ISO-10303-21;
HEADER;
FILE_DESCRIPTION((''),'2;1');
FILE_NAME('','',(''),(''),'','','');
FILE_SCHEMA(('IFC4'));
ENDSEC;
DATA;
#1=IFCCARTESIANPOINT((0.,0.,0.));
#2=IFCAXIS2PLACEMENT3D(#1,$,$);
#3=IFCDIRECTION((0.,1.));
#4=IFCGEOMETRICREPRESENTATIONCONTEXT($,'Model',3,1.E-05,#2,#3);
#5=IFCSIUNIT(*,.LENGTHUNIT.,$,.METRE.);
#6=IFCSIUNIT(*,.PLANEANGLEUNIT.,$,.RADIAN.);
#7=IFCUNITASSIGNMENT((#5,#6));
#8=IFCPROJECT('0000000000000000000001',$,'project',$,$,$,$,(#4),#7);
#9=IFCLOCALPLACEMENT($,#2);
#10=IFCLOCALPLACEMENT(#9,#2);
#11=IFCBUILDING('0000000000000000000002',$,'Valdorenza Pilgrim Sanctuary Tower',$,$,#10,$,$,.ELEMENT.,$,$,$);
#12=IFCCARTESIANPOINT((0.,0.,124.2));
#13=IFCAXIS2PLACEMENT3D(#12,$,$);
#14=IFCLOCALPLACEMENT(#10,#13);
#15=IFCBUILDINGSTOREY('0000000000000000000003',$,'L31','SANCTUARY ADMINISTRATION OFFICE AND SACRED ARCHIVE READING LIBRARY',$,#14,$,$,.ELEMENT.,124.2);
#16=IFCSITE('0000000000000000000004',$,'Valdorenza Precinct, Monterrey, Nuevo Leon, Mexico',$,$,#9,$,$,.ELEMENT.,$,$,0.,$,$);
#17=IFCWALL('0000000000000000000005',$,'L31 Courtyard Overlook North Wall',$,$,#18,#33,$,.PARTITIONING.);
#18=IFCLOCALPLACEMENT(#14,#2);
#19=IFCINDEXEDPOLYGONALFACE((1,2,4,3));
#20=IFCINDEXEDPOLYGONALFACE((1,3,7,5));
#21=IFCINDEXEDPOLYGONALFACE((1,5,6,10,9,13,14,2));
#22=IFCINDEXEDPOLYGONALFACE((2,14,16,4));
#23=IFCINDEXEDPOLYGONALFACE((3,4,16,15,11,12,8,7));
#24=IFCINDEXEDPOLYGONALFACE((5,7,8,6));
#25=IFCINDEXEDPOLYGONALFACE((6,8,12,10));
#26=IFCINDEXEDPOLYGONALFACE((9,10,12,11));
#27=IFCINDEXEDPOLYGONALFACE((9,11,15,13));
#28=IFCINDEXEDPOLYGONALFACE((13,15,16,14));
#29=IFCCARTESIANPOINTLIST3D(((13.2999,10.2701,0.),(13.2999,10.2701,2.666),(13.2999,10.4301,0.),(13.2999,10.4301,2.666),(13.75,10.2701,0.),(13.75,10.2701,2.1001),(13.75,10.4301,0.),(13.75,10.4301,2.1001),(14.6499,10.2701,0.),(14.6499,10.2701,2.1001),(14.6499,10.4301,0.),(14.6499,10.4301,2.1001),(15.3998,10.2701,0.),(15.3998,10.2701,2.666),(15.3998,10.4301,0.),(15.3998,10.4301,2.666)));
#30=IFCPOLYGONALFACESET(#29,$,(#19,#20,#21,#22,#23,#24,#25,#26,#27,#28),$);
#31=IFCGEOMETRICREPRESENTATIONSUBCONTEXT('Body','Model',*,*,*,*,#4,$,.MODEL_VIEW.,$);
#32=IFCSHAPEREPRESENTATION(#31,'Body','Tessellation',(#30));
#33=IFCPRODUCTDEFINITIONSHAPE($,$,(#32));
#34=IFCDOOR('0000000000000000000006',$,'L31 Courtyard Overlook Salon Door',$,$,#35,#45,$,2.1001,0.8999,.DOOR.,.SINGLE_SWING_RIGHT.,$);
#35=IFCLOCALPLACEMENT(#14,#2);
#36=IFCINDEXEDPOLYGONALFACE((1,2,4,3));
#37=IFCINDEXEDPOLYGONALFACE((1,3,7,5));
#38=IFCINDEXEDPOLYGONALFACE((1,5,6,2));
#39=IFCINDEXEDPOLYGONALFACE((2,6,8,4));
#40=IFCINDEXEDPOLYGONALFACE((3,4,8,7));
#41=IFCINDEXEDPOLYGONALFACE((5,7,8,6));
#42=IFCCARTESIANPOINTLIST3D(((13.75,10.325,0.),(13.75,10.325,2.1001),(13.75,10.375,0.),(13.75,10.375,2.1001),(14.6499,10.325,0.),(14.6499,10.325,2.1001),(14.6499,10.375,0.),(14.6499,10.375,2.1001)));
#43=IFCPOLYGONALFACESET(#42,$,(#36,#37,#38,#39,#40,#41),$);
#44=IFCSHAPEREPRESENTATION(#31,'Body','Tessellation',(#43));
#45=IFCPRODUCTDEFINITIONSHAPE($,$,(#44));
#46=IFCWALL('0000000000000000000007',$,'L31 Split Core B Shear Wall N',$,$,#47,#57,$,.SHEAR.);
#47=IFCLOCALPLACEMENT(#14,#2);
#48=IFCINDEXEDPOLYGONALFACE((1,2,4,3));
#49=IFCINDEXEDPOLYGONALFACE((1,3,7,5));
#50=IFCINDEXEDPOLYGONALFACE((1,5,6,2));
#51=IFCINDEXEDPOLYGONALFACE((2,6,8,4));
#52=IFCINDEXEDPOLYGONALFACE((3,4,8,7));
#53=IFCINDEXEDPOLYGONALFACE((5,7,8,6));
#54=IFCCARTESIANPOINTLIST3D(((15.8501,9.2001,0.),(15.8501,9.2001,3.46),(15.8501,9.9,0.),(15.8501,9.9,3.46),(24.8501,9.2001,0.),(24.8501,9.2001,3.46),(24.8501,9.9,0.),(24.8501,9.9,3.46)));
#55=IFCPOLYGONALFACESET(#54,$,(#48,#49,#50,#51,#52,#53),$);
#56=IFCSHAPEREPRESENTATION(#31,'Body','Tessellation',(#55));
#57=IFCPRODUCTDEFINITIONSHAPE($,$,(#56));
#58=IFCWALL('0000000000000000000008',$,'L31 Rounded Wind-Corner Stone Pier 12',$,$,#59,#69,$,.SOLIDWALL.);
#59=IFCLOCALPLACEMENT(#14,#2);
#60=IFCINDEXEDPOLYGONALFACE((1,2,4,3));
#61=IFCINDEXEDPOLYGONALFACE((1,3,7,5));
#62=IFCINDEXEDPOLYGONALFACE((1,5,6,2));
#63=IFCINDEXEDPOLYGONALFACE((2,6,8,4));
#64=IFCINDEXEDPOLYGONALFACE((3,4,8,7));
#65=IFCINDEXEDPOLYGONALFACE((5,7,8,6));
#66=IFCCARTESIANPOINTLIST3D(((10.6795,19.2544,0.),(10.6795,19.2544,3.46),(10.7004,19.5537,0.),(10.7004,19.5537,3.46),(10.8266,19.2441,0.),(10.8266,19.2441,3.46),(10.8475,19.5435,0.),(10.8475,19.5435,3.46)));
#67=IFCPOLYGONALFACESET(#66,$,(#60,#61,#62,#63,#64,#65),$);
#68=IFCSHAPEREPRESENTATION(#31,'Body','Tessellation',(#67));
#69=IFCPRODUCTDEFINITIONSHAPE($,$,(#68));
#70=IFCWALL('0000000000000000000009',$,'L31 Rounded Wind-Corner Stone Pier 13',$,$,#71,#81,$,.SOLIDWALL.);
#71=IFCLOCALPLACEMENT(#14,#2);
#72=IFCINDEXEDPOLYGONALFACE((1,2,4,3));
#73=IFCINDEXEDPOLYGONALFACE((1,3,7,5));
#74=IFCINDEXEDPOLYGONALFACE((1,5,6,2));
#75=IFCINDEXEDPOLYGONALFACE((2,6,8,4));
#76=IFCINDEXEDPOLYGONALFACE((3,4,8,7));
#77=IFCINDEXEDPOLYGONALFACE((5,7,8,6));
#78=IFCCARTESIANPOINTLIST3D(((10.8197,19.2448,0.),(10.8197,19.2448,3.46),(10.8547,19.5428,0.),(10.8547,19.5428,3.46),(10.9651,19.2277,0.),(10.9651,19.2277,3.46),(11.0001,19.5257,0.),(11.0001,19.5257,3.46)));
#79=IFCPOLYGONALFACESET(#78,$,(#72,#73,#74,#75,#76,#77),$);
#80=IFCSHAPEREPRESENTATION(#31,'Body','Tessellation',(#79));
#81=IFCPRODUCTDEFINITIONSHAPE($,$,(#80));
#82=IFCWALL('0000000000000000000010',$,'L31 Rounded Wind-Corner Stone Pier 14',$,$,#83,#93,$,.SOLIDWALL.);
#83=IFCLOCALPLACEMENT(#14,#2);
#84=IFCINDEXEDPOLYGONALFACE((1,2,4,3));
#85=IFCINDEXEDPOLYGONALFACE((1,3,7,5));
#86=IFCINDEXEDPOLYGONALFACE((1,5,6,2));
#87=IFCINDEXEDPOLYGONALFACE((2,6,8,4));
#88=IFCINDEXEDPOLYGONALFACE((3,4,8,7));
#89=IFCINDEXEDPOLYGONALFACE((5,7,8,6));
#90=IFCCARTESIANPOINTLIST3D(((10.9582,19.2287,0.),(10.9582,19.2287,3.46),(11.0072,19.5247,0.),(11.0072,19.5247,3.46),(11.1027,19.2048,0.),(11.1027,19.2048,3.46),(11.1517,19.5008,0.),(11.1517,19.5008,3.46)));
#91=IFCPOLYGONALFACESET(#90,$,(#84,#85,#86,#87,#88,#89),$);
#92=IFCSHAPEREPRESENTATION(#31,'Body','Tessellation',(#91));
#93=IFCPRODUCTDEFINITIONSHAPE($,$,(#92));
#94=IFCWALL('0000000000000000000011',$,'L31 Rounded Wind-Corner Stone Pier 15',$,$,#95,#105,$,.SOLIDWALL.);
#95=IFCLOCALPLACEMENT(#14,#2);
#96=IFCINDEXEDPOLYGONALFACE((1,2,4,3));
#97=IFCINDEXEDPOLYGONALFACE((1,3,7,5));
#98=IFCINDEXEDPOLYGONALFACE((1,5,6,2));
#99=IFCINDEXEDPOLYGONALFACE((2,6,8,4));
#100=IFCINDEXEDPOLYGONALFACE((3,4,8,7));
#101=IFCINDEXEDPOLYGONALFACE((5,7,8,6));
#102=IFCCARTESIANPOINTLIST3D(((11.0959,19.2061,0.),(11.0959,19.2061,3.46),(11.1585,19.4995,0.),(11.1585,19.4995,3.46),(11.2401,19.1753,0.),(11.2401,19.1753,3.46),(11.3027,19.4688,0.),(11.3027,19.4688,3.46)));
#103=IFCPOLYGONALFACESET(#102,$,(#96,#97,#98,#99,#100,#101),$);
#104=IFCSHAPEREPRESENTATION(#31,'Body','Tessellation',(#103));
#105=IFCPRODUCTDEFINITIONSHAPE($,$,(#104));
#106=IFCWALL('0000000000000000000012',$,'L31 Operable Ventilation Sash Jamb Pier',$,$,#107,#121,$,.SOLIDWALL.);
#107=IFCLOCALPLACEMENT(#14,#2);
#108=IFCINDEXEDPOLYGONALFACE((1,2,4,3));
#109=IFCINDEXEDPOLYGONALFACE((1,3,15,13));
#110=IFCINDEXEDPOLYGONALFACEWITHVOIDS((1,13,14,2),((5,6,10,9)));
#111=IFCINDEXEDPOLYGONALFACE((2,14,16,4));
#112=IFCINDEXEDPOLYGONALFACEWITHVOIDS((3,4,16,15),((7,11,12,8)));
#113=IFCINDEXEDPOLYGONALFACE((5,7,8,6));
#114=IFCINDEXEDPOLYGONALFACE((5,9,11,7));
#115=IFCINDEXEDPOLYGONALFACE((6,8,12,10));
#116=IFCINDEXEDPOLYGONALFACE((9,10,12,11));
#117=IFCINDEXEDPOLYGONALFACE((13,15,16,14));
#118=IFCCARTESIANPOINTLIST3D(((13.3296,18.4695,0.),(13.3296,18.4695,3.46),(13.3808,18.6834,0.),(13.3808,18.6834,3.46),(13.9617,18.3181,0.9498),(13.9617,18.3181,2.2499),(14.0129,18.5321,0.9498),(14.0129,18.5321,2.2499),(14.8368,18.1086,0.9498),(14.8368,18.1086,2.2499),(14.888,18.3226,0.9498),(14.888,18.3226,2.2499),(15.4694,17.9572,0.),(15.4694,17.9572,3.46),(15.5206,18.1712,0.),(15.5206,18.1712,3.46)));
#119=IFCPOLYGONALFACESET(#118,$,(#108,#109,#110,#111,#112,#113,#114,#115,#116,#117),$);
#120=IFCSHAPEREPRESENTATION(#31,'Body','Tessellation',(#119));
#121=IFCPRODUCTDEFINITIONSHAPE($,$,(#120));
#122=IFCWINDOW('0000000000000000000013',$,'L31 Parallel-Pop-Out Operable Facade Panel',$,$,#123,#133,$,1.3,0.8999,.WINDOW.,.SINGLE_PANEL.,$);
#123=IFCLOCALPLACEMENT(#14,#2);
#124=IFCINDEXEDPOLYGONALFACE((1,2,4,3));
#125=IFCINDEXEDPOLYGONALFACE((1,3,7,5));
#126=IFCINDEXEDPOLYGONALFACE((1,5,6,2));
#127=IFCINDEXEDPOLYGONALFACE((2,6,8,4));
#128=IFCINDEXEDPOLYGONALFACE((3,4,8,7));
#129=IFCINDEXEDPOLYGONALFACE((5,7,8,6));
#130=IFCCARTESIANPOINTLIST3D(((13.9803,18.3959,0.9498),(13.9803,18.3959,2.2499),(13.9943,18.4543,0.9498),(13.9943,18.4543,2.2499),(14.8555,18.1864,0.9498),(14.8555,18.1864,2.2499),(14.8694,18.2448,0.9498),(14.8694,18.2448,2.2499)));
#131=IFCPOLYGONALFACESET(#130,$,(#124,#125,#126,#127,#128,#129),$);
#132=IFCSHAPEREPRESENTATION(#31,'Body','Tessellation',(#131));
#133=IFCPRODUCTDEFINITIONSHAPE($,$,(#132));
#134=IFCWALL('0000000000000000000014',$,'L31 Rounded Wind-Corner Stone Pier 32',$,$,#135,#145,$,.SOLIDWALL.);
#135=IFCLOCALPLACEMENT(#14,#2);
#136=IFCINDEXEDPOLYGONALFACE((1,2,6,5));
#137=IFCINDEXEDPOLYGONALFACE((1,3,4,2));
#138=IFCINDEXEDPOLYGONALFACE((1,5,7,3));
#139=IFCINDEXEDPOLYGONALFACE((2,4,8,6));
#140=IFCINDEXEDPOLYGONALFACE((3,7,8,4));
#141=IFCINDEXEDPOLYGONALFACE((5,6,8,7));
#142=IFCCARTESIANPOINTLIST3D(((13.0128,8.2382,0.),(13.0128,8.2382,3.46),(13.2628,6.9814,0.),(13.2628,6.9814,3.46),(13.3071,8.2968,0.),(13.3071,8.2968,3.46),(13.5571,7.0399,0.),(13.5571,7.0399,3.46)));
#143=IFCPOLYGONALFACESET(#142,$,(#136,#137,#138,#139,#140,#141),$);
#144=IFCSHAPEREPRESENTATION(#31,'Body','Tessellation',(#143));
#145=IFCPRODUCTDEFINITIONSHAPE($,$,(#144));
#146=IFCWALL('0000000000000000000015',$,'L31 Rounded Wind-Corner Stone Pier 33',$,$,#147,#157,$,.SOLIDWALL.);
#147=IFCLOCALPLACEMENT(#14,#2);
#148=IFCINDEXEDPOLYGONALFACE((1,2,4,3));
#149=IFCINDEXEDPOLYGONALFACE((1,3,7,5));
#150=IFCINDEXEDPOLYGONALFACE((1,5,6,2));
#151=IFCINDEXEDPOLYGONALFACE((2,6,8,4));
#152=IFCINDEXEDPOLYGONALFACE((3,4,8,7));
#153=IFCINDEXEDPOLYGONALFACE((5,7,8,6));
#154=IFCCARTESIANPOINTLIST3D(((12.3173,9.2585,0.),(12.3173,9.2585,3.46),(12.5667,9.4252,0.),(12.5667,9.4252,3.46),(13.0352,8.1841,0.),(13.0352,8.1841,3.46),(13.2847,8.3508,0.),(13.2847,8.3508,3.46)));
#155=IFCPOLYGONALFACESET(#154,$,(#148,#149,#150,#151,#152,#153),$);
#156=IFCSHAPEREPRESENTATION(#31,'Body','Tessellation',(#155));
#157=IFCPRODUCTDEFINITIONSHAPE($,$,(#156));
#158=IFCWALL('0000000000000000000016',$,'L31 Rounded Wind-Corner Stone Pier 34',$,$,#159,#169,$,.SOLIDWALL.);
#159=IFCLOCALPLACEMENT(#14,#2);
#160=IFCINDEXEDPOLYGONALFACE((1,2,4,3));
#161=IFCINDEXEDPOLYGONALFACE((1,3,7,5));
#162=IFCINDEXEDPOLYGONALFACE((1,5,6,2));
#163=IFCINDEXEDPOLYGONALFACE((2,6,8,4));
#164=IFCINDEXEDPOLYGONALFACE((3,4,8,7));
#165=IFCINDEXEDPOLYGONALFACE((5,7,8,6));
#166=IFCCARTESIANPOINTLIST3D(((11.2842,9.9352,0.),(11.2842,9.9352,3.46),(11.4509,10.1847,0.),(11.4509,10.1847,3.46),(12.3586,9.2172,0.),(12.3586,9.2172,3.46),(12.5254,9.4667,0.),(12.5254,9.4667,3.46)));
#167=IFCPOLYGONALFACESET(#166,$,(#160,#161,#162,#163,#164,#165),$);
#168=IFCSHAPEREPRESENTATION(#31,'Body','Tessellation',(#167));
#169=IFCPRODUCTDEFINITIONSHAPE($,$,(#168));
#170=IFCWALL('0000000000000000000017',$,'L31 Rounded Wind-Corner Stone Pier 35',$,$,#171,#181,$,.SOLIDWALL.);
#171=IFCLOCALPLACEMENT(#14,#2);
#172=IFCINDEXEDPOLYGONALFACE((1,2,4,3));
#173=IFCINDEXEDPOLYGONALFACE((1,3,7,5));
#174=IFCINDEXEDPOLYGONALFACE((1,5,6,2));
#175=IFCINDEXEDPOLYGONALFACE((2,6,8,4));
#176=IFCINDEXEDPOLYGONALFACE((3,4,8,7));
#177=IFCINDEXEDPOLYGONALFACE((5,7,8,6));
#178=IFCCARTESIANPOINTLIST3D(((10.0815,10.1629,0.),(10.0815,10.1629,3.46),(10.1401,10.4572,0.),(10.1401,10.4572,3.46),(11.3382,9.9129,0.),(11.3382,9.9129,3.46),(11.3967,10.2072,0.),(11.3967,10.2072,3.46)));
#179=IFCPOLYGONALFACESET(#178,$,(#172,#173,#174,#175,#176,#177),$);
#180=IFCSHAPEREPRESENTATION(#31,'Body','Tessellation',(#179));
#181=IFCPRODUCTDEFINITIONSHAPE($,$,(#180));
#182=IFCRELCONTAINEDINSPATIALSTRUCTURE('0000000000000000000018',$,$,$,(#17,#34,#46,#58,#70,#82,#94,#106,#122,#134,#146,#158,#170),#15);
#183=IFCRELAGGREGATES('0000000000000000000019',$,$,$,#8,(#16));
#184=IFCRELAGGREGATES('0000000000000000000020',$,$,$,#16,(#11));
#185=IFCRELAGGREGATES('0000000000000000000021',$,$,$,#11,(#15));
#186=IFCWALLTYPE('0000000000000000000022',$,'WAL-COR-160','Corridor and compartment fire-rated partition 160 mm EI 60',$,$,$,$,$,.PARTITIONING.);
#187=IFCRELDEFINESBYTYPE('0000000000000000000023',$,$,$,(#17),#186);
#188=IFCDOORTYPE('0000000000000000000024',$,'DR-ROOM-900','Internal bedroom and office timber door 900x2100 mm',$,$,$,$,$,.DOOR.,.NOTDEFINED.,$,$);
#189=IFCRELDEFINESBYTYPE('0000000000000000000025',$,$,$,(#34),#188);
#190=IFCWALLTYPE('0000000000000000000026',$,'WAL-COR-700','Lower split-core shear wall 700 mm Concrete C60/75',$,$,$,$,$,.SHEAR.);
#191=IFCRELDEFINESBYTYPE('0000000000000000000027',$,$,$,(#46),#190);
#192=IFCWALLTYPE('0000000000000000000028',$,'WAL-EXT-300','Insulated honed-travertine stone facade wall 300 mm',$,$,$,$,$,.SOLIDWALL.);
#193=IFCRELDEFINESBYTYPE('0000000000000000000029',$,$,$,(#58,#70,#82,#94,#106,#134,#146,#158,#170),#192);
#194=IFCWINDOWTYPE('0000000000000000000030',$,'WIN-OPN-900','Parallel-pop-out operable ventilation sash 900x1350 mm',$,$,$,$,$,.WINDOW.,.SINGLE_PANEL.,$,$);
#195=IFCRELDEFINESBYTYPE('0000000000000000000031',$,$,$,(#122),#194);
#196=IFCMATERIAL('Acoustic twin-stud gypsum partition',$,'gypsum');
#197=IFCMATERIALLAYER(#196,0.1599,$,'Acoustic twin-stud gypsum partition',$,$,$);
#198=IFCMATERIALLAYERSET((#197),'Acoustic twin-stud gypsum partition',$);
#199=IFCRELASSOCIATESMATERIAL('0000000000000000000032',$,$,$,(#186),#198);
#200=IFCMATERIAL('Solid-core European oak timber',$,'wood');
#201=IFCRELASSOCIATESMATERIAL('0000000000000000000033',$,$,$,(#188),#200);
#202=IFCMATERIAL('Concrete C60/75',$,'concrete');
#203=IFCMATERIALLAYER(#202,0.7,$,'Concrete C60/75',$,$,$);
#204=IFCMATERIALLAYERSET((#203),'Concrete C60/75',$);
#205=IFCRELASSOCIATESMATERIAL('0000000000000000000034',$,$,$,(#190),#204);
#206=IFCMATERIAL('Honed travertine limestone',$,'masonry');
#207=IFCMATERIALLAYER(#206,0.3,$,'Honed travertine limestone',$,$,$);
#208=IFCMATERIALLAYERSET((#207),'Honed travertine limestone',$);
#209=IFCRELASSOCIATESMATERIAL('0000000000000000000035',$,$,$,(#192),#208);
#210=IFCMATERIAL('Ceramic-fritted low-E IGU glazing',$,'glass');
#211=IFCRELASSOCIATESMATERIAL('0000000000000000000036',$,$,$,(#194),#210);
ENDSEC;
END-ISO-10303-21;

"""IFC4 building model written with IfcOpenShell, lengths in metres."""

from ifc_helpers import new_model, si_unit, direction, frame, frame_2d, origin, place, context, subcontext, project, spatial, rectangle, extrude, material, layer, layer_set, type_object, element, fill, save


model = new_model("IFC4")

# Units and contexts
model_context = context("Model", 3, precision=1e-05, world=origin(), true_north=direction((0.0, 1.0)))
body_context = subcontext(model_context, "Body", "Model", "MODEL_VIEW")
ifc_project = project(units=[si_unit("LENGTHUNIT", "METRE"), si_unit("PLANEANGLEUNIT", "RADIAN")], contexts=[model_context])

# Site, building, storey
site_placement = place(None, origin())
site = spatial("IfcSite", under=ifc_project, at=site_placement, Name="Valdorenza Precinct, Monterrey, Nuevo Leon, Mexico", CompositionType="ELEMENT", RefElevation=0.0)
building_placement = place(site_placement, origin())
building = spatial("IfcBuilding", under=site, at=building_placement, Name="Valdorenza Pilgrim Sanctuary Tower", CompositionType="ELEMENT")
storey_placement = place(building_placement, frame((0.0, 0.0, 124.2)))
storey = spatial("IfcBuildingStorey", under=building, at=storey_placement, Name="L31", Description="SANCTUARY ADMINISTRATION OFFICE AND SACRED ARCHIVE READING LIBRARY", CompositionType="ELEMENT", Elevation=124.2)

# Shared definitions
ifc_material_1 = material(Name="Concrete C60/75", Category="concrete")

# Shared definitions
ifc_material_2 = material(Name="Honed travertine limestone", Category="masonry")
ifc_material_3 = material(Name="Ceramic-fritted low-E IGU glazing", Category="glass")

# Shared definitions
ifc_material_4 = material(Name="Acoustic twin-stud gypsum partition", Category="gypsum")
ifc_layer_1 = layer(ifc_material_4, 0.1599, Name="Acoustic twin-stud gypsum partition")
ifc_layer_set_1 = layer_set([ifc_layer_1], Name="Acoustic twin-stud gypsum partition")
wall_type_1 = type_object("IfcWallType", Name="WAL-COR-160", Description="Corridor and compartment fire-rated partition 160 mm EI 60", PredefinedType="PARTITIONING", material=ifc_layer_set_1)

# Shared definitions
ifc_material_5 = material(Name="Solid-core European oak timber", Category="wood")
door_type = type_object("IfcDoorType", Name="DR-ROOM-900", Description="Internal bedroom and office timber door 900x2100 mm", OperationType="NOTDEFINED", PredefinedType="DOOR", material=ifc_material_5)

# Wall, opening, door
wall_1_placement = place(storey_placement, frame((13.3, 10.3501, 0.0), z_axis=(0.0, 0.0, 1.0), x_axis=(1.0, 0.0, 0.0)))
wall_1 = element("IfcWall", 1, at=wall_1_placement, inside=storey, type_object=wall_type_1, Name="L31 Courtyard Overlook North Wall", PredefinedType="PARTITIONING", context=body_context, shape_type="SweptSolid", body=[
    extrude(rectangle(XDim=2.0999, YDim=0.1599, at=frame_2d((1.0498, 0.0))), origin(), (0.0, 0.0, 1.0), 2.666),
])
opening_1_placement = place(wall_1_placement, frame((0.45, 0.0, 0.0)))
opening_1 = element("IfcOpeningElement", 2, at=opening_1_placement, cuts=wall_1, PredefinedType="OPENING", context=body_context, shape_type="SweptSolid", body=[
    extrude(rectangle(XDim=0.8999, YDim=2.1001, at=frame_2d((0.45, 1.05))), frame((0.0, 0.0947, 0.0), z_axis=(0.0, -1.0, 0.0), x_axis=(1.0, 0.0, 0.0)), (0.0, 0.0, 1.0), 0.1897),
])
door_1_placement = place(opening_1_placement, origin())
door_1 = element("IfcDoor", 3, at=door_1_placement, inside=storey, type_object=door_type, Name="L31 Courtyard Overlook Salon Door", OperationType="SINGLE_SWING_RIGHT", OverallHeight=2.1001, OverallWidth=0.8999, PredefinedType="DOOR", context=body_context, shape_type="SweptSolid", body=[
    extrude(rectangle(XDim=0.8999, YDim=2.1001, at=frame_2d((0.45, 1.05))), frame((0.0, 0.0249, 0.0), z_axis=(0.0, -1.0, 0.0), x_axis=(1.0, 0.0, 0.0)), (0.0, 0.0, 1.0), 0.05),
])
fill(opening_1, door_1)

# Walls
ifc_layer_2 = layer(ifc_material_1, 0.7, Name="Concrete C60/75")
ifc_layer_set_2 = layer_set([ifc_layer_2], Name="Concrete C60/75")
wall_type_2 = type_object("IfcWallType", Name="WAL-COR-700", Description="Lower split-core shear wall 700 mm Concrete C60/75", PredefinedType="SHEAR", material=ifc_layer_set_2)
wall_2_placement = place(storey_placement, frame((15.8501, 9.55, 0.0), z_axis=(0.0, 0.0, 1.0), x_axis=(1.0, 0.0, 0.0)))
element("IfcWall", 4, at=wall_2_placement, inside=storey, type_object=wall_type_2, Name="L31 Split Core B Shear Wall N", PredefinedType="SHEAR", context=body_context, shape_type="SweptSolid", body=[
    extrude(rectangle(XDim=9.0, YDim=0.7, at=frame_2d((4.5, 0.0))), origin(), (0.0, 0.0, 1.0), 3.46),
])
ifc_layer_3 = layer(ifc_material_2, 0.3, Name="Honed travertine limestone")
ifc_layer_set_3 = layer_set([ifc_layer_3], Name="Honed travertine limestone")
wall_type_3 = type_object("IfcWallType", Name="WAL-EXT-300", Description="Insulated honed-travertine stone facade wall 300 mm", PredefinedType="SOLIDWALL", material=ifc_layer_set_3)
wall_3_placement = place(storey_placement, frame((10.6899, 19.4041, 0.0), z_axis=(0.0, 0.0, 1.0), x_axis=(0.997583, -0.069483, 0.0)))
element("IfcWall", 5, at=wall_3_placement, inside=storey, type_object=wall_type_3, Name="L31 Rounded Wind-Corner Stone Pier 12", PredefinedType="SOLIDWALL", context=body_context, shape_type="SweptSolid", body=[
    extrude(rectangle(XDim=0.1475, YDim=0.3, at=frame_2d((0.0737, 0.0))), origin(), (0.0, 0.0, 1.0), 3.46),
])
for number, where, z_axis, x_axis, name in (
    (6, (10.8372, 19.3938, 0.0), (0.0, 0.0, 1.0), (0.993173, -0.116648, 0.0), "L31 Rounded Wind-Corner Stone Pier 13"),
    (7, (10.9827, 19.3767, 0.0), (0.0, 0.0, 1.0), (0.986573, -0.163318, 0.0), "L31 Rounded Wind-Corner Stone Pier 14"),
):
    element("IfcWall", number, at=place(storey_placement, frame(where, z_axis=z_axis, x_axis=x_axis)), inside=storey, type_object=wall_type_3, Name=name, PredefinedType="SOLIDWALL", context=body_context, shape_type="SweptSolid", body=[
        extrude(rectangle(XDim=0.1465, YDim=0.3, at=frame_2d((0.0732, 0.0))), origin(), (0.0, 0.0, 1.0), 3.46),
    ])
wall_4_placement = place(storey_placement, frame((11.1272, 19.3528, 0.0), z_axis=(0.0, 0.0, 1.0), x_axis=(0.97802, -0.208512, 0.0)))
element("IfcWall", 8, at=wall_4_placement, inside=storey, type_object=wall_type_3, Name="L31 Rounded Wind-Corner Stone Pier 15", PredefinedType="SOLIDWALL", context=body_context, shape_type="SweptSolid", body=[
    extrude(rectangle(XDim=0.1475, YDim=0.3, at=frame_2d((0.0737, 0.0))), origin(), (0.0, 0.0, 1.0), 3.46),
])

# Wall, opening, window
wall_5_placement = place(storey_placement, frame((13.3552, 18.5764, 0.0), z_axis=(0.0, 0.0, 1.0), x_axis=(0.972522, -0.232811, 0.0)))
wall_5 = element("IfcWall", 9, at=wall_5_placement, inside=storey, type_object=wall_type_3, Name="L31 Operable Ventilation Sash Jamb Pier", PredefinedType="SOLIDWALL", context=body_context, shape_type="SweptSolid", body=[
    extrude(rectangle(XDim=2.2002, YDim=0.22, at=frame_2d((1.1001, 0.0))), origin(), (0.0, 0.0, 1.0), 3.46),
])
opening_2_placement = place(wall_5_placement, frame((0.6499, 0.0, 0.95)))
opening_2 = element("IfcOpeningElement", 10, at=opening_2_placement, cuts=wall_5, PredefinedType="OPENING", context=body_context, shape_type="SweptSolid", body=[
    extrude(rectangle(XDim=0.8999, YDim=1.3, at=frame_2d((0.45, 0.6499))), frame((0.0, 0.125, 0.0), z_axis=(0.0, -1.0, 0.0), x_axis=(1.0, 0.0, 0.0)), (0.0, 0.0, 1.0), 0.2498),
])
window_type = type_object("IfcWindowType", Name="WIN-OPN-900", Description="Parallel-pop-out operable ventilation sash 900x1350 mm", PartitioningType="SINGLE_PANEL", PredefinedType="WINDOW", material=ifc_material_3)
window_placement = place(opening_2_placement, origin())
window = element("IfcWindow", 11, at=window_placement, inside=storey, type_object=window_type, Name="L31 Parallel-Pop-Out Operable Facade Panel", OverallHeight=1.3, OverallWidth=0.8999, PartitioningType="SINGLE_PANEL", PredefinedType="WINDOW", context=body_context, shape_type="SweptSolid", body=[
    extrude(rectangle(XDim=0.8999, YDim=1.3, at=frame_2d((0.45, 0.6499))), frame((0.0, 0.03, 0.0), z_axis=(0.0, -1.0, 0.0), x_axis=(1.0, 0.0, 0.0)), (0.0, 0.0, 1.0), 0.0601),
])
fill(opening_2, window)

# Walls
wall_6_placement = place(storey_placement, frame((13.4099, 7.0107, 0.0), z_axis=(0.0, 0.0, 1.0), x_axis=(-0.19509, 0.980785, 0.0)))
element("IfcWall", 12, at=wall_6_placement, inside=storey, type_object=wall_type_3, Name="L31 Rounded Wind-Corner Stone Pier 32", PredefinedType="SOLIDWALL", context=body_context, shape_type="SweptSolid", body=[
    extrude(rectangle(XDim=1.2815, YDim=0.3, at=frame_2d((0.6406, 0.0))), origin(), (0.0, 0.0, 1.0), 3.46),
])
for number, where, z_axis, x_axis, name in (
    (13, (13.1599, 8.2676, 0.0), (0.0, 0.0, 1.0), (-0.555615, 0.831439, 0.0), "L31 Rounded Wind-Corner Stone Pier 33"),
    (14, (12.4419, 9.342, 0.0), (0.0, 0.0, 1.0), (-0.831439, 0.555615, 0.0), "L31 Rounded Wind-Corner Stone Pier 34"),
):
    element("IfcWall", number, at=place(storey_placement, frame(where, z_axis=z_axis, x_axis=x_axis)), inside=storey, type_object=wall_type_3, Name=name, PredefinedType="SOLIDWALL", context=body_context, shape_type="SweptSolid", body=[
        extrude(rectangle(XDim=1.2922, YDim=0.3, at=frame_2d((0.646, 0.0))), origin(), (0.0, 0.0, 1.0), 3.46),
    ])
wall_7_placement = place(storey_placement, frame((11.3674, 10.0601, 0.0), z_axis=(0.0, 0.0, 1.0), x_axis=(-0.980778, 0.195127, 0.0)))
element("IfcWall", 15, at=wall_7_placement, inside=storey, type_object=wall_type_3, Name="L31 Rounded Wind-Corner Stone Pier 35", PredefinedType="SOLIDWALL", context=body_context, shape_type="SweptSolid", body=[
    extrude(rectangle(XDim=1.2812, YDim=0.3, at=frame_2d((0.6406, 0.0))), origin(), (0.0, 0.0, 1.0), 3.46),
])

save(model, "model.ifc")
